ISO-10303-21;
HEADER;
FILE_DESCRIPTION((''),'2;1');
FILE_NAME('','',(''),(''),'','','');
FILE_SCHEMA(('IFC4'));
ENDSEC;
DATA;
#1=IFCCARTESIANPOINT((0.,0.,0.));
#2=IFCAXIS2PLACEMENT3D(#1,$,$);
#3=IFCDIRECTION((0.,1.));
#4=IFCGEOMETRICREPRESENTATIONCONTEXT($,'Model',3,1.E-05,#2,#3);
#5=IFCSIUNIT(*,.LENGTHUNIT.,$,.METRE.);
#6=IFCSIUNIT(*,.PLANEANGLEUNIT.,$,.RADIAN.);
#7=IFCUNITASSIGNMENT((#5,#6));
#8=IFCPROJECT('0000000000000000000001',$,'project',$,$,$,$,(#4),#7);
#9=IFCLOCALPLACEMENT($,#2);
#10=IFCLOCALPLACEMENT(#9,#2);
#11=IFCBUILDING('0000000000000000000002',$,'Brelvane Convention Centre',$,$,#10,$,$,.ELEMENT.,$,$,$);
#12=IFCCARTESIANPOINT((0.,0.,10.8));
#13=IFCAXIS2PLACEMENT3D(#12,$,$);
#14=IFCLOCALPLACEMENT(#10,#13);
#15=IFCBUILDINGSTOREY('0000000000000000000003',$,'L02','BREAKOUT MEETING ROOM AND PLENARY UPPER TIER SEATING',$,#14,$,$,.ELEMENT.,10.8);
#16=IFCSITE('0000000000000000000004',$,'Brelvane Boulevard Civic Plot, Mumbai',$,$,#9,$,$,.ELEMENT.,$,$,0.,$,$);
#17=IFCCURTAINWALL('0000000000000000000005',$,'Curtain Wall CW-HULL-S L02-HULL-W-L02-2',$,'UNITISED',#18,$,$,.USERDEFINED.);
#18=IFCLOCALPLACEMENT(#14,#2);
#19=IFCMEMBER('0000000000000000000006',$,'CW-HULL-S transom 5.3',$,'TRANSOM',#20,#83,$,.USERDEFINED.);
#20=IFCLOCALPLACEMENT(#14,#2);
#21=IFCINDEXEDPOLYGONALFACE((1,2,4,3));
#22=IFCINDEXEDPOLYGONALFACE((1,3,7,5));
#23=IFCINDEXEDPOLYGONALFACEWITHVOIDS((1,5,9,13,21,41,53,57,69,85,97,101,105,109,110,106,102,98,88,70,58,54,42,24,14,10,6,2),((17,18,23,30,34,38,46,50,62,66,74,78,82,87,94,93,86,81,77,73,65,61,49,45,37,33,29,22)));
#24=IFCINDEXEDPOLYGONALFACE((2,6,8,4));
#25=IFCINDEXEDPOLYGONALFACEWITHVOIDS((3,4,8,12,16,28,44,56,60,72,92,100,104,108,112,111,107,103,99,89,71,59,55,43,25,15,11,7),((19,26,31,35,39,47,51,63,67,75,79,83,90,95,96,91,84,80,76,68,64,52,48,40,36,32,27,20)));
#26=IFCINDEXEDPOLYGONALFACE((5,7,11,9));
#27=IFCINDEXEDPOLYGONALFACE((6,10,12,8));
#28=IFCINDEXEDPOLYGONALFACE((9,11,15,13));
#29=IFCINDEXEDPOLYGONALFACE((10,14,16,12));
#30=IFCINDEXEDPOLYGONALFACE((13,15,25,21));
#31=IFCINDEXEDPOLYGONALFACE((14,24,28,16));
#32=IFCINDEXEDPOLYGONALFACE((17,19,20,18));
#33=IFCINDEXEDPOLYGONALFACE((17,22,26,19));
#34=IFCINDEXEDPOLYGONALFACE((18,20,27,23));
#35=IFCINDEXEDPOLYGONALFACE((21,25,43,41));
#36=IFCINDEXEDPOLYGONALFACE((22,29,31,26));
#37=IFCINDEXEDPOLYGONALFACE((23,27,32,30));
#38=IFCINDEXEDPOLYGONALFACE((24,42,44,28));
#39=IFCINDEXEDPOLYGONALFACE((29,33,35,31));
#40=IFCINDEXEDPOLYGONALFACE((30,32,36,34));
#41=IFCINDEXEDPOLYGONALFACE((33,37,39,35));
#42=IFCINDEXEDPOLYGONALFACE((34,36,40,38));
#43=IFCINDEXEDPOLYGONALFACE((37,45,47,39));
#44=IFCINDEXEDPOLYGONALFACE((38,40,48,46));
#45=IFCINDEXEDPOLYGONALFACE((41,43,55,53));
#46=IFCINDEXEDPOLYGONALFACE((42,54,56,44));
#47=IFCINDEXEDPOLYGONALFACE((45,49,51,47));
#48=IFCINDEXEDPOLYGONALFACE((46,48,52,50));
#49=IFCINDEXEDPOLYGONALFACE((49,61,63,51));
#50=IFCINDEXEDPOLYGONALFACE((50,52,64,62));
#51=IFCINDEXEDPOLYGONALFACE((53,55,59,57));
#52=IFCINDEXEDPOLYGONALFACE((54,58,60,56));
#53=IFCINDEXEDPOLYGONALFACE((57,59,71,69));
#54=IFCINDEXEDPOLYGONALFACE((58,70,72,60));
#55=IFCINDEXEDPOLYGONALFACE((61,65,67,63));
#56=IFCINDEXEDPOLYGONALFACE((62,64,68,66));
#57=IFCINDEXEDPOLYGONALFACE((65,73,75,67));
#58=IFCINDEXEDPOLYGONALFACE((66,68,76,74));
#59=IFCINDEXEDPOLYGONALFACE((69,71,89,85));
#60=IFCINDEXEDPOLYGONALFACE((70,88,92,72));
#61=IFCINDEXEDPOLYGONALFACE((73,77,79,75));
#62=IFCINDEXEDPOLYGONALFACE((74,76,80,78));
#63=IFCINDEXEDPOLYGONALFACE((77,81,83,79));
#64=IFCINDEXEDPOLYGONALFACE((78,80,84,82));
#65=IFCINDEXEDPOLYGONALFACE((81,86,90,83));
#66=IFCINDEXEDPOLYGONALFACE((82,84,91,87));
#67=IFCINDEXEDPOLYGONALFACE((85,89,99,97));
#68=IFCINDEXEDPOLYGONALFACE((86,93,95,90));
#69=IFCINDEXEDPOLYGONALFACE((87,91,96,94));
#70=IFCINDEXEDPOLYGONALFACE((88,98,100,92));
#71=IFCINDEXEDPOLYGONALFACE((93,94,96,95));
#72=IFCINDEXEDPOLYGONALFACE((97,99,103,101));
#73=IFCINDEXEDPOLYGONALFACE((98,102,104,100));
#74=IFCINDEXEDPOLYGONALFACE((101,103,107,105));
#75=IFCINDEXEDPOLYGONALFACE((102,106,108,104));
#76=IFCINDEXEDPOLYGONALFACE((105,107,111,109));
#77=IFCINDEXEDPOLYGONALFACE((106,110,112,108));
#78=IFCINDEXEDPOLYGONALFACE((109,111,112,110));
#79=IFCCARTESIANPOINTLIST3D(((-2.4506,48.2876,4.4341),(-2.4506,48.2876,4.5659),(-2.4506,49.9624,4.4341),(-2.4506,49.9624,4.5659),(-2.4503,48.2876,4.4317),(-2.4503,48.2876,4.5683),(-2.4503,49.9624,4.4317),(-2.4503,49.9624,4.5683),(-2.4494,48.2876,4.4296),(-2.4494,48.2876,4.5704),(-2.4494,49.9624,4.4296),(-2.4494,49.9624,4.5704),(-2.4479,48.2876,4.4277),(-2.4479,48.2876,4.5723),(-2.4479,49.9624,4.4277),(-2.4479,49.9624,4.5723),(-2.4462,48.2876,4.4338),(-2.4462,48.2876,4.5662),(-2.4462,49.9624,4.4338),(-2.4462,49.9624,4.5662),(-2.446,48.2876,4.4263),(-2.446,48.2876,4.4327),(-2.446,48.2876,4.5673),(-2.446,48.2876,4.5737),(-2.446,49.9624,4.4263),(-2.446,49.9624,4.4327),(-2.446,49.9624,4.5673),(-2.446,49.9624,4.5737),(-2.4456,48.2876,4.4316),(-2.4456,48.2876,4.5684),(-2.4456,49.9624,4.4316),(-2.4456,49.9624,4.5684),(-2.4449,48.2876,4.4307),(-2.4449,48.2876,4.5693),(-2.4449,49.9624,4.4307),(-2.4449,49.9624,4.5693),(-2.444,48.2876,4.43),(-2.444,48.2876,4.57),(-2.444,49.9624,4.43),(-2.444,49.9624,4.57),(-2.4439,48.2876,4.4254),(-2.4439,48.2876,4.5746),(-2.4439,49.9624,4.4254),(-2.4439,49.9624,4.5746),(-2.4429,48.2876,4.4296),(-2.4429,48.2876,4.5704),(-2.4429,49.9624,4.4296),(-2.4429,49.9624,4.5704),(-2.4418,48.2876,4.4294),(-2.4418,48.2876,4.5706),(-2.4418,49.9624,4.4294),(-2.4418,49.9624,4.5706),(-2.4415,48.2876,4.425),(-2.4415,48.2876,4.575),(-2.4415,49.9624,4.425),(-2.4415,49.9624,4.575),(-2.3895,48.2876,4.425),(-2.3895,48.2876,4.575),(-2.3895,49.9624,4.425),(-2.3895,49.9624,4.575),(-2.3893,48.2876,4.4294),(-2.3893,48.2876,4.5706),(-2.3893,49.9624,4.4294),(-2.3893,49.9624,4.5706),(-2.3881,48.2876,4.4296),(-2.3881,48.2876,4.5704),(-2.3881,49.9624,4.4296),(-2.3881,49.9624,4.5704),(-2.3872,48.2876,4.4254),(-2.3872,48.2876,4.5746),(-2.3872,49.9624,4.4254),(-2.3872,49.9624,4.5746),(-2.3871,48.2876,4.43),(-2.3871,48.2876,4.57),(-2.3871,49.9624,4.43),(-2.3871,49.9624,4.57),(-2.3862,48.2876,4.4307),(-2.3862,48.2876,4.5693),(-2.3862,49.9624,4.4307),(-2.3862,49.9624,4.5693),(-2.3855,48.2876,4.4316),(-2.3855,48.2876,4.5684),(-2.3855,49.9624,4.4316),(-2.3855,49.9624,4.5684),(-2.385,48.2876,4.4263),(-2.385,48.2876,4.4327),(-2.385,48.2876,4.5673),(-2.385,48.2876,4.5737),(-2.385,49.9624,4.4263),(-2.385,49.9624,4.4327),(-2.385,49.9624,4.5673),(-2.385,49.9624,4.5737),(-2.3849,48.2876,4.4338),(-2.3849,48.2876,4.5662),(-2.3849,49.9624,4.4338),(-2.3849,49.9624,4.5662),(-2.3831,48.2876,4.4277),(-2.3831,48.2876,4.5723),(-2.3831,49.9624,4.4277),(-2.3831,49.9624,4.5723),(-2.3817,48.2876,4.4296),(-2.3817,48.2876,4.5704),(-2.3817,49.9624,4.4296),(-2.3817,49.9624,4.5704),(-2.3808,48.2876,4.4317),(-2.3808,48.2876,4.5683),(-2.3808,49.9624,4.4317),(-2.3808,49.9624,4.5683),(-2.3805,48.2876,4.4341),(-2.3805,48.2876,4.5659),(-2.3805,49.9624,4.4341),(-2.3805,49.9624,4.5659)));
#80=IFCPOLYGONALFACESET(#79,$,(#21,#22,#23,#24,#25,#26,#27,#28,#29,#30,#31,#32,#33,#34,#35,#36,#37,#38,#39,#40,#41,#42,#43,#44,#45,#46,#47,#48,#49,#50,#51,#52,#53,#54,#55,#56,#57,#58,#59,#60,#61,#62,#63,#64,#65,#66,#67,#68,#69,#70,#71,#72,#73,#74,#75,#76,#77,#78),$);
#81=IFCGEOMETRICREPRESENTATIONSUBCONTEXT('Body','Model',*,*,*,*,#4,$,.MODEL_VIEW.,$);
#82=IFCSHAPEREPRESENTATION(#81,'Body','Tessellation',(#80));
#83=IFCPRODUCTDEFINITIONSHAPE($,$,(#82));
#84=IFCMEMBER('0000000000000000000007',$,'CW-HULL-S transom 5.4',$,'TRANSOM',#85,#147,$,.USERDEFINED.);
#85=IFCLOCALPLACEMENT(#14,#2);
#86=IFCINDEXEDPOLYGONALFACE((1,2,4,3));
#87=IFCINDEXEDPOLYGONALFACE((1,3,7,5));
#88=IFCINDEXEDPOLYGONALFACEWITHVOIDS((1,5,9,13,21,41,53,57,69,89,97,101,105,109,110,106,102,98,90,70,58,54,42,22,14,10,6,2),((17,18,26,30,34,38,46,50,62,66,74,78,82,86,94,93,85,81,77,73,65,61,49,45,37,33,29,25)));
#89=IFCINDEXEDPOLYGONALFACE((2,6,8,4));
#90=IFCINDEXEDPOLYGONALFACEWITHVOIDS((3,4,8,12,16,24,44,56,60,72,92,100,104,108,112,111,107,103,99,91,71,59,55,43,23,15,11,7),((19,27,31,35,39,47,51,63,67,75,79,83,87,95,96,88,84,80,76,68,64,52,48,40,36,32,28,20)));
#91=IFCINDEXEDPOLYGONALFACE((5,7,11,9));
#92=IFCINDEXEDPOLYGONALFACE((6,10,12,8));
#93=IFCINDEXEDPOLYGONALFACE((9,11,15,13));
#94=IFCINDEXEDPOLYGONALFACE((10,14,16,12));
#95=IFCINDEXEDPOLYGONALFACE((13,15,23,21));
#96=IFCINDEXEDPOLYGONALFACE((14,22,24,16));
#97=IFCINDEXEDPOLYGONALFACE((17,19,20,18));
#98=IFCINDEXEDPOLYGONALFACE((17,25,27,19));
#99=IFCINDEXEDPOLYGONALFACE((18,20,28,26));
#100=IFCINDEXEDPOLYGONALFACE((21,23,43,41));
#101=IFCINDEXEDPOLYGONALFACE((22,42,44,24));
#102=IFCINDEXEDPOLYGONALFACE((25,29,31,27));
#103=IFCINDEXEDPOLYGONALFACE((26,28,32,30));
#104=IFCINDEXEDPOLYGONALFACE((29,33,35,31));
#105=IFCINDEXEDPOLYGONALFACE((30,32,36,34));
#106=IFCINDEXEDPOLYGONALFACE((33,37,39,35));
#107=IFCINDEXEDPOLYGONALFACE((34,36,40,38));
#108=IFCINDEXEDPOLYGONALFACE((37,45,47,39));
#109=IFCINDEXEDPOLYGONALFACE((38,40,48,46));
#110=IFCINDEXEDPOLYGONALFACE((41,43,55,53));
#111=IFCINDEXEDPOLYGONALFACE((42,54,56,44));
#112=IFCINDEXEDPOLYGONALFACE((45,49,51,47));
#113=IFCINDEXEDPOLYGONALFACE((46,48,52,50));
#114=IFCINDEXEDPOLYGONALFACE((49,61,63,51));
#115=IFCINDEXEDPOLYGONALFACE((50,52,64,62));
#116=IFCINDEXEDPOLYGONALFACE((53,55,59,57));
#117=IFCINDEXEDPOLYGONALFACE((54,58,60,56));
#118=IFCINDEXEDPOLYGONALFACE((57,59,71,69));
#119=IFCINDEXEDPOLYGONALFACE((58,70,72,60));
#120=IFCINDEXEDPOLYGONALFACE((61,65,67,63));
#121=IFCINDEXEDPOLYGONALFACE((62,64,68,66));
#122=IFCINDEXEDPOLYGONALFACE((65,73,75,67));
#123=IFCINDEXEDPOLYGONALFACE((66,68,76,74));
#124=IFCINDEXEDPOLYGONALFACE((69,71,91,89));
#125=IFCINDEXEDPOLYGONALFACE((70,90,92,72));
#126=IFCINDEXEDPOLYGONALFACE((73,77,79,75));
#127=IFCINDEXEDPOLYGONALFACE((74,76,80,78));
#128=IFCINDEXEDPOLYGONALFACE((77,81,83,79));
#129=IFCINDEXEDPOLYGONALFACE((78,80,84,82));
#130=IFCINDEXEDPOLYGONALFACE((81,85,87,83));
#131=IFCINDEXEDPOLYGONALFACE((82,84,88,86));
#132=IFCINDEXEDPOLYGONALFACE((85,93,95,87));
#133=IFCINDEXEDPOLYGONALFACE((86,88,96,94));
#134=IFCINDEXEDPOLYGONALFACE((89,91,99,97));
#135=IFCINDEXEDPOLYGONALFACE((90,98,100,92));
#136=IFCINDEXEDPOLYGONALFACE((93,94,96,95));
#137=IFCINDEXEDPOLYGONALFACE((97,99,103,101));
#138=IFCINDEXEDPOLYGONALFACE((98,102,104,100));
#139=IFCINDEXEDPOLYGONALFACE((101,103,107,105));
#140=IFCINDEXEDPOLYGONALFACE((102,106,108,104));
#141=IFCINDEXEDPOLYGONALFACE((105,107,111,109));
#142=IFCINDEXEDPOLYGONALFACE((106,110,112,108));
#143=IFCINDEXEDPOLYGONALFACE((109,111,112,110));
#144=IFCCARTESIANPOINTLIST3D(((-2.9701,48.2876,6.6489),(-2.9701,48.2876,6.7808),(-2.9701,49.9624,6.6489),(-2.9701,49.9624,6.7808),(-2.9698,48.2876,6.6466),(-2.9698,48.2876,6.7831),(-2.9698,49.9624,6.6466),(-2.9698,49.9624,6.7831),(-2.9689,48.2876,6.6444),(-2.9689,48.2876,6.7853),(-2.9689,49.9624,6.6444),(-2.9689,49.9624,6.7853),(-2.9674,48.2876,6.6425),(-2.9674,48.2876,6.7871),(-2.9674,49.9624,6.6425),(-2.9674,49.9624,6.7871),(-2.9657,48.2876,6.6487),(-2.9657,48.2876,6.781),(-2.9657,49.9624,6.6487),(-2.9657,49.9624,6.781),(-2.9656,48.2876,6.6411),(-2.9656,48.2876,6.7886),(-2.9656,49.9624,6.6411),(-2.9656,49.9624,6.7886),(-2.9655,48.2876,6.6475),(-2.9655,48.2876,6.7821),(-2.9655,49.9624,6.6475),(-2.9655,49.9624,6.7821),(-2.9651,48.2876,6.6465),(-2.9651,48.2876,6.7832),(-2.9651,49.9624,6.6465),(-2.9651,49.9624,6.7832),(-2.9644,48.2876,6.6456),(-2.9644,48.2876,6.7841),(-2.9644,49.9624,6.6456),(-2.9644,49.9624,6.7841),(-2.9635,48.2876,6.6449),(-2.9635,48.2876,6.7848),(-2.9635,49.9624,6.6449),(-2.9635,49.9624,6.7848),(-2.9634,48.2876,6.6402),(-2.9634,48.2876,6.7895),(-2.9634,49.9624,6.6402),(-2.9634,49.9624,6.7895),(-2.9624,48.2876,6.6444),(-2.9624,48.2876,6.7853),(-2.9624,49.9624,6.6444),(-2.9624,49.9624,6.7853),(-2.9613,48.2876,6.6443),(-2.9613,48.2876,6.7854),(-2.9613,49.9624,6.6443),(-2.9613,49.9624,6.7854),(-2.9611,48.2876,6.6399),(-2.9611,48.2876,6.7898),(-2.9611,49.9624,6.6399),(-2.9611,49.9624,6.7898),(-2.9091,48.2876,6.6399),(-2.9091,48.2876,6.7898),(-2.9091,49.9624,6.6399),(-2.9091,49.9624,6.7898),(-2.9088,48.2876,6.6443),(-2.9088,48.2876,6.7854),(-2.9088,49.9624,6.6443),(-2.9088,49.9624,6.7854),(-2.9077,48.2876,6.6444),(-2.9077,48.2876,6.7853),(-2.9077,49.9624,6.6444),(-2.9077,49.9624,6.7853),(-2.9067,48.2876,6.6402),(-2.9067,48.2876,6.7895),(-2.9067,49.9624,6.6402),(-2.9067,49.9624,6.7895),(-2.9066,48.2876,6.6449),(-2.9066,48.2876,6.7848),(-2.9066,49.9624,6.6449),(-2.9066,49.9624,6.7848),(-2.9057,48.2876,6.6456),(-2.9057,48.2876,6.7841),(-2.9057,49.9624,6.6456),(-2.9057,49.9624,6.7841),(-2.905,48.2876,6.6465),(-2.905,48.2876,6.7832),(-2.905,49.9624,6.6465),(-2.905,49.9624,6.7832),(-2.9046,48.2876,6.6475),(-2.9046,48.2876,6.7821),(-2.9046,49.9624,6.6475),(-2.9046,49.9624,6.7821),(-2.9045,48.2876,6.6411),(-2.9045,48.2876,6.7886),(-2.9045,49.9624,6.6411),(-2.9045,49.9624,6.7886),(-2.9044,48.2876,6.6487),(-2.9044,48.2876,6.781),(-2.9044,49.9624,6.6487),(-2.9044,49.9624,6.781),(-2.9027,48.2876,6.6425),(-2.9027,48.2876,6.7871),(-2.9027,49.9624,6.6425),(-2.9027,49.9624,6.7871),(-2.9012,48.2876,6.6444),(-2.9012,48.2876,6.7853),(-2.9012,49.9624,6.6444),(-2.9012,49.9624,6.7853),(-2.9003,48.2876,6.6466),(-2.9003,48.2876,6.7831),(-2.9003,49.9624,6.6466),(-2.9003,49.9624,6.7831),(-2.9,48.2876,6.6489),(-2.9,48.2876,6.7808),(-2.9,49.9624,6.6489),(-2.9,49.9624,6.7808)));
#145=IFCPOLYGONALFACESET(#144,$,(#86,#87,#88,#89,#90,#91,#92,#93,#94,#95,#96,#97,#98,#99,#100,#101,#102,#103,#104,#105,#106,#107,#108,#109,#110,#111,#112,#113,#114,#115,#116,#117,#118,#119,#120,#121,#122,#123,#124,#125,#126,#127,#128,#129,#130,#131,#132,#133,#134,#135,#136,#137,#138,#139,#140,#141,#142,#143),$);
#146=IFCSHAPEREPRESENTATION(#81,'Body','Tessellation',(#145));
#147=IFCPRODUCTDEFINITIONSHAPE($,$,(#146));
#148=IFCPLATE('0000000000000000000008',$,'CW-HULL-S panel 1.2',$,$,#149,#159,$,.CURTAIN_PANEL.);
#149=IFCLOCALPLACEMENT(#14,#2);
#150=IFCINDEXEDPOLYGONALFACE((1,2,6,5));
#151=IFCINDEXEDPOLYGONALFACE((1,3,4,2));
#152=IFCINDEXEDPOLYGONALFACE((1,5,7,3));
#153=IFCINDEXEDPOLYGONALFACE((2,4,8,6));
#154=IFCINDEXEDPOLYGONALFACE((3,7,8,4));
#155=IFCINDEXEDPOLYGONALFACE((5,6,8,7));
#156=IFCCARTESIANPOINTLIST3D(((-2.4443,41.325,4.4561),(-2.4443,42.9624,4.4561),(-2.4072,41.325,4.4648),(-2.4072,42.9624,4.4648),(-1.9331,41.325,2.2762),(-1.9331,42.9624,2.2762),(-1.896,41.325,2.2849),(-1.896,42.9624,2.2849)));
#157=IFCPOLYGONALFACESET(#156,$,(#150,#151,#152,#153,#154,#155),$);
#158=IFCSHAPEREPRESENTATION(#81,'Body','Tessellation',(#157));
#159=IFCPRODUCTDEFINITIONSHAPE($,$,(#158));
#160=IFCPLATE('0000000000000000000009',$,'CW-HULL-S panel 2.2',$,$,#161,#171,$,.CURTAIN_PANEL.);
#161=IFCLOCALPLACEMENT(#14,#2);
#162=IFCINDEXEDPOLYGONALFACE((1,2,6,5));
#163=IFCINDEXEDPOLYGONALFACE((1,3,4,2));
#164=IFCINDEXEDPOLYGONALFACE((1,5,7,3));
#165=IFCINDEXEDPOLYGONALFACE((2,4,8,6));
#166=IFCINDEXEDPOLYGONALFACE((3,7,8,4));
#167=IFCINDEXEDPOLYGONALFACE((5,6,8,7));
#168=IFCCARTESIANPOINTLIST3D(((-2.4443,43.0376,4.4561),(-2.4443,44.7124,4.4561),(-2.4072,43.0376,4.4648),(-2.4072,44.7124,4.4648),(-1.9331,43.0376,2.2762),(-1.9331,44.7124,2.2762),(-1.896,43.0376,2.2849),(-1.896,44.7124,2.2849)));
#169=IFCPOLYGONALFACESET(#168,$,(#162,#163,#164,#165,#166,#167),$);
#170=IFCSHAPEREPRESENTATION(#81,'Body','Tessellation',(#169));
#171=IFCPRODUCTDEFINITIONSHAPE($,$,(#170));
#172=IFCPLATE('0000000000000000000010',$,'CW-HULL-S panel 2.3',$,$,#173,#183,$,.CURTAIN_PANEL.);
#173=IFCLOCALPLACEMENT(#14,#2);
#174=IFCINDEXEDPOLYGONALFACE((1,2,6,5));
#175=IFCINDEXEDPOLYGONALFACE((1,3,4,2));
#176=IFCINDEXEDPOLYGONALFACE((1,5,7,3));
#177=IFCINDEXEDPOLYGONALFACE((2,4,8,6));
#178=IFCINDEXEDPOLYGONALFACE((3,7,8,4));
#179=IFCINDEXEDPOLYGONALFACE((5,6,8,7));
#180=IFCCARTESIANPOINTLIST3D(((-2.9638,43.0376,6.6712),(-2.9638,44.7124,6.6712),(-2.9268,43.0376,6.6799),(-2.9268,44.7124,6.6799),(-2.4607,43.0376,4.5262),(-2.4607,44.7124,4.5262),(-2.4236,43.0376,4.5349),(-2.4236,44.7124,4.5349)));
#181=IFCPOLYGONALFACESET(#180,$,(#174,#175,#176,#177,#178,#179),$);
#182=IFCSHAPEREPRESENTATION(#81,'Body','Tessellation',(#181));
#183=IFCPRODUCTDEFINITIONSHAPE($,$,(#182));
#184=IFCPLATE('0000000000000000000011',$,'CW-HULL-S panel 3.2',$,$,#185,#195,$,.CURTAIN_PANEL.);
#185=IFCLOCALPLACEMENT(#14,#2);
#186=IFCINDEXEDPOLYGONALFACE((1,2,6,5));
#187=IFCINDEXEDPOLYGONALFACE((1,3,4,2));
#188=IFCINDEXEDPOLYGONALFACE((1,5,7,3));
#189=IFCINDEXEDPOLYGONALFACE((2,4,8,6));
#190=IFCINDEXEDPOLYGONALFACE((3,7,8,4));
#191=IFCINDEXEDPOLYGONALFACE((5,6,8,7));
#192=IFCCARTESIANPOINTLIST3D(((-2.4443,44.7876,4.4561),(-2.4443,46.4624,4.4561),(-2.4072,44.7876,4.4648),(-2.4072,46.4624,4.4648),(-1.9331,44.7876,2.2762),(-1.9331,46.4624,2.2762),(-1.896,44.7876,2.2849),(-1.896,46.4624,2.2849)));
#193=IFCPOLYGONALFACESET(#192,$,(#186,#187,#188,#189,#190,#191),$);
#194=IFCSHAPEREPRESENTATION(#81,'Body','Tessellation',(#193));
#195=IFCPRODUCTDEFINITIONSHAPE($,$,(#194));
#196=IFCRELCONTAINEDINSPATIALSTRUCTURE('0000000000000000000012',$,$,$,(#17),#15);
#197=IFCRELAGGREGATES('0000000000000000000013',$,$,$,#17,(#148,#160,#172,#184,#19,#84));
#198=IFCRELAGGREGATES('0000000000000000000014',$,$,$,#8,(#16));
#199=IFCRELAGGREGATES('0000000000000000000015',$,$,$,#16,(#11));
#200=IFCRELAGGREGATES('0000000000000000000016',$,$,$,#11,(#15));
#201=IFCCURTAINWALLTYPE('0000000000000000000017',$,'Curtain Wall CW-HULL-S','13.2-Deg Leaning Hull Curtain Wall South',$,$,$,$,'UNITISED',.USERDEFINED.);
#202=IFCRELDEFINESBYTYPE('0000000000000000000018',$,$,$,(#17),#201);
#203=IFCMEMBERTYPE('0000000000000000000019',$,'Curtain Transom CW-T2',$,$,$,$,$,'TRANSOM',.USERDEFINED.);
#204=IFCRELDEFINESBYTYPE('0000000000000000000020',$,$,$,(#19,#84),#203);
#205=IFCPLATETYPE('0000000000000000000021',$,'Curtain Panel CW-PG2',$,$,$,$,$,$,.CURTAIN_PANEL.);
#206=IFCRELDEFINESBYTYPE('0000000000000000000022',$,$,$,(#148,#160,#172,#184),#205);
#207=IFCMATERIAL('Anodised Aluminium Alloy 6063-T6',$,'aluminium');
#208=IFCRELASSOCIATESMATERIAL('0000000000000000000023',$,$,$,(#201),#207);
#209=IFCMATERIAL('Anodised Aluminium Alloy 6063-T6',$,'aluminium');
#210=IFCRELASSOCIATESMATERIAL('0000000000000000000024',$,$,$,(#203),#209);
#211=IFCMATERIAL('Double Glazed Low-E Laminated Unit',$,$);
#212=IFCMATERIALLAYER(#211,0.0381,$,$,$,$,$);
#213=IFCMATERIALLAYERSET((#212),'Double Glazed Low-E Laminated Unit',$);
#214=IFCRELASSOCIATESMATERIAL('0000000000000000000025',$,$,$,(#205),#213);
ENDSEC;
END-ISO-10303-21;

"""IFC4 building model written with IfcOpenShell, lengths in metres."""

from ifc_helpers import new_model, si_unit, direction, frame, origin, origin_2d, place, context, subcontext, project, spatial, polyline, hollow_rectangle, outline, extrude, material, layer, layer_set, material_profile, profile_set, type_object, element, aggregate, save


model = new_model("IFC4")

# Units and contexts
model_context = context("Model", 3, precision=1e-05, world=origin(), true_north=direction((0.0, 1.0)))
body_context = subcontext(model_context, "Body", "Model", "MODEL_VIEW")
ifc_project = project(units=[si_unit("LENGTHUNIT", "METRE"), si_unit("PLANEANGLEUNIT", "RADIAN")], contexts=[model_context])

# Site, building, storey
site_placement = place(None, origin())
site = spatial("IfcSite", under=ifc_project, at=site_placement, Name="Brelvane Boulevard Civic Plot, Mumbai", CompositionType="ELEMENT", RefElevation=0.0)
building_placement = place(site_placement, origin())
building = spatial("IfcBuilding", under=site, at=building_placement, Name="Brelvane Convention Centre", CompositionType="ELEMENT")
storey_placement = place(building_placement, frame((0.0, 0.0, 10.8)))
storey = spatial("IfcBuildingStorey", under=building, at=storey_placement, Name="L02", Description="BREAKOUT MEETING ROOM AND PLENARY UPPER TIER SEATING", CompositionType="ELEMENT", Elevation=10.8)

# Curtain wall, members, plates
ifc_material_1 = material(Name="Anodised Aluminium Alloy 6063-T6", Category="aluminium")
curtain_wall_type = type_object("IfcCurtainWallType", Name="Curtain Wall CW-HULL-S", Description="13.2-Deg Leaning Hull Curtain Wall South", ElementType="UNITISED", PredefinedType="USERDEFINED", material=ifc_material_1)
curtain_wall_placement = place(storey_placement, origin())
curtain_wall = element("IfcCurtainWall", 1, at=curtain_wall_placement, inside=storey, type_object=curtain_wall_type, Name="Curtain Wall CW-HULL-S L02-HULL-W-L02-2", ObjectType="UNITISED", PredefinedType="USERDEFINED")
ifc_material_2 = material(Name="Anodised Aluminium Alloy 6063-T6", Category="aluminium")
ifc_material_profile_1 = material_profile(ifc_material_2, hollow_rectangle(XDim=0.0701, YDim=0.1499, WallThickness=0.0044, InnerFilletRadius=0.0044, OuterFilletRadius=0.009, at=origin_2d()), Name="ALU-T 150x70x4.5")
ifc_profile_set_1 = profile_set([ifc_material_profile_1], Name="Anodised Aluminium Alloy 6063-T6")
member_type_1 = type_object("IfcMemberType", Name="Curtain Transom CW-T2", ElementType="TRANSOM", PredefinedType="USERDEFINED", material=ifc_profile_set_1)
member_1_placement = place(storey_placement, frame((-2.4155, 48.2876, 4.5), z_axis=(0.0, 1.0, 0.0), x_axis=(-1.0, 0.0, 0.0)))
member_1 = element("IfcMember", 2, at=member_1_placement, type_object=member_type_1, Name="CW-HULL-S transom 5.3", ObjectType="TRANSOM", PredefinedType="USERDEFINED", context=body_context, shape_type="SweptSolid", body=[
    extrude(hollow_rectangle(XDim=0.0701, YDim=0.1499, WallThickness=0.0044, InnerFilletRadius=0.0044, OuterFilletRadius=0.009, at=origin_2d()), origin(), (0.0, 0.0, 1.0), 1.6748),
])
member_2_placement = place(storey_placement, frame((-2.9351, 48.2876, 6.7148), z_axis=(0.0, 1.0, 0.0), x_axis=(-1.0, 0.0, 0.0)))
member_2 = element("IfcMember", 3, at=member_2_placement, type_object=member_type_1, Name="CW-HULL-S transom 5.4", ObjectType="TRANSOM", PredefinedType="USERDEFINED", context=body_context, shape_type="SweptSolid", body=[
    extrude(hollow_rectangle(XDim=0.0701, YDim=0.1499, WallThickness=0.0044, InnerFilletRadius=0.0044, OuterFilletRadius=0.009, at=origin_2d()), origin(), (0.0, 0.0, 1.0), 1.6748),
])
ifc_material_3 = material(Name="Double Glazed Low-E Laminated Unit")
ifc_layer_1 = layer(ifc_material_3, 0.0381)
ifc_layer_set_1 = layer_set([ifc_layer_1], Name="Double Glazed Low-E Laminated Unit")
plate_type_1 = type_object("IfcPlateType", Name="Curtain Panel CW-PG2", PredefinedType="CURTAIN_PANEL", material=ifc_layer_set_1)
plate_1_placement = place(storey_placement, frame((-1.896, 41.325, 2.2849), z_axis=(0.973586, 0.0, 0.228322), x_axis=(0.0, 1.0, 0.0)))
plate_1 = element("IfcPlate", 4, at=plate_1_placement, type_object=plate_type_1, Name="CW-HULL-S panel 1.2", PredefinedType="CURTAIN_PANEL", context=body_context, shape_type="SweptSolid", body=[
    extrude(outline(polyline([(0.0, 0.0), (1.6375, 0.0), (1.6375, 2.2391), (0.0, 2.2391), (0.0, 0.0)])), origin(), (0.0, 0.0, -1.0), 0.0381),
])
plate_2_placement = place(storey_placement, frame((-1.896, 43.0376, 2.2849), z_axis=(0.973586, 0.0, 0.228322), x_axis=(0.0, 1.0, 0.0)))
plate_2 = element("IfcPlate", 5, at=plate_2_placement, type_object=plate_type_1, Name="CW-HULL-S panel 2.2", PredefinedType="CURTAIN_PANEL", context=body_context, shape_type="SweptSolid", body=[
    extrude(outline(polyline([(0.0, 0.0), (1.6748, 0.0), (1.6748, 2.2391), (0.0, 2.2391), (0.0, 0.0)])), origin(), (0.0, 0.0, -1.0), 0.0381),
])
plate_3_placement = place(storey_placement, frame((-2.4236, 43.0376, 4.5349), z_axis=(0.973572, 0.0, 0.228378), x_axis=(0.0, 1.0, 0.0)))
plate_3 = element("IfcPlate", 6, at=plate_3_placement, type_object=plate_type_1, Name="CW-HULL-S panel 2.3", PredefinedType="CURTAIN_PANEL", context=body_context, shape_type="SweptSolid", body=[
    extrude(outline(polyline([(0.0, 0.0), (1.6748, 0.0), (1.6748, 2.2032), (0.0, 2.2032), (0.0, 0.0)])), origin(), (0.0, 0.0, -1.0), 0.0381),
])
plate_4_placement = place(storey_placement, frame((-1.896, 44.7876, 2.2849), z_axis=(0.973586, 0.0, 0.228322), x_axis=(0.0, 1.0, 0.0)))
plate_4 = element("IfcPlate", 7, at=plate_4_placement, type_object=plate_type_1, Name="CW-HULL-S panel 3.2", PredefinedType="CURTAIN_PANEL", context=body_context, shape_type="SweptSolid", body=[
    extrude(outline(polyline([(0.0, 0.0), (1.6748, 0.0), (1.6748, 2.2391), (0.0, 2.2391), (0.0, 0.0)])), origin(), (0.0, 0.0, -1.0), 0.0381),
])
aggregate(curtain_wall, [plate_1, plate_2, plate_3, plate_4, member_1, member_2])

save(model, "model.ifc")
